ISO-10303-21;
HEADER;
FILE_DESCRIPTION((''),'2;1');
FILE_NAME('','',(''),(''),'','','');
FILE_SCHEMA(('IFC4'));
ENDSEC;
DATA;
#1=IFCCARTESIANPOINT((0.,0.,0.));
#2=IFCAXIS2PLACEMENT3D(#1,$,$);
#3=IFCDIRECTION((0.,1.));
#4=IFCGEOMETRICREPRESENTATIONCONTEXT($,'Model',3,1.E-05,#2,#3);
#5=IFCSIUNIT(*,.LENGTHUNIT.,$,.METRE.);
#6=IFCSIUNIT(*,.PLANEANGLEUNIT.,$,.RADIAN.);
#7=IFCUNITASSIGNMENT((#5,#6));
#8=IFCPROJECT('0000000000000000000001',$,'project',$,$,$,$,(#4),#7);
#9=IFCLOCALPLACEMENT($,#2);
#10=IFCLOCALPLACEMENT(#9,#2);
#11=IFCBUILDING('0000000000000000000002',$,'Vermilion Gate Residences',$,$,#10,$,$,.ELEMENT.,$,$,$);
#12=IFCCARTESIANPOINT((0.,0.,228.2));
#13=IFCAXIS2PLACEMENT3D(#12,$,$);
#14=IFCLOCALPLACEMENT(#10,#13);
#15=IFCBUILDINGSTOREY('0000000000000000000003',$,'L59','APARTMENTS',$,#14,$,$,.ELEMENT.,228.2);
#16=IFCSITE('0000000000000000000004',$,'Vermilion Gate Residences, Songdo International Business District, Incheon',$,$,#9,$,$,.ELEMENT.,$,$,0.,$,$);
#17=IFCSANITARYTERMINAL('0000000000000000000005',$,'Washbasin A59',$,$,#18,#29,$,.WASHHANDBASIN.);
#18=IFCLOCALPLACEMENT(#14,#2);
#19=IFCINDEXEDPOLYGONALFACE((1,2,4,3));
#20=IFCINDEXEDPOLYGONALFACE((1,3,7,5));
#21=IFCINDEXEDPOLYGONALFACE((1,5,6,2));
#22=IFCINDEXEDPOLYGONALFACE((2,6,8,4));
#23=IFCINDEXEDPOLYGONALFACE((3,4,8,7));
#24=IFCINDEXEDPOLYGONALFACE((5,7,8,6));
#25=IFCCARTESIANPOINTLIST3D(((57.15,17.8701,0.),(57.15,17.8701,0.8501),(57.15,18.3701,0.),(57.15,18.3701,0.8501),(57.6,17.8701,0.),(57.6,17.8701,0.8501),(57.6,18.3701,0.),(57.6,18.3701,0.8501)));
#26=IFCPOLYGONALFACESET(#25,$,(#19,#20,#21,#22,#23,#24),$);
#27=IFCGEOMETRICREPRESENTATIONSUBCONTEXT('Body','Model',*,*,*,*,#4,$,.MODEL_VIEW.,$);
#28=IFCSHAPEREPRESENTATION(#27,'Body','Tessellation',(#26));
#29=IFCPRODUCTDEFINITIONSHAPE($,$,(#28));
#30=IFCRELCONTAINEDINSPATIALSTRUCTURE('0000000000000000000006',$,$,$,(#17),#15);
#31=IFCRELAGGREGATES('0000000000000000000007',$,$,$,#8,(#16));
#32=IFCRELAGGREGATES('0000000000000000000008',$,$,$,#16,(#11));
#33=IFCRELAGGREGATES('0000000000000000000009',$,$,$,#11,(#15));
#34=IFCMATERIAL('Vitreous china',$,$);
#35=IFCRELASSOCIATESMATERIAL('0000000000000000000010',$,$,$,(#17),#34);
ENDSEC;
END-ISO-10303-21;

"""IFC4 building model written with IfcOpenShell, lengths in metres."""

from ifc_helpers import new_model, si_unit, direction, frame, origin, origin_2d, place, context, subcontext, project, spatial, rectangle, extrude, material, element, save


model = new_model("IFC4")

# Units and contexts
model_context = context("Model", 3, precision=1e-05, world=origin(), true_north=direction((0.0, 1.0)))
body_context = subcontext(model_context, "Body", "Model", "MODEL_VIEW")
ifc_project = project(units=[si_unit("LENGTHUNIT", "METRE"), si_unit("PLANEANGLEUNIT", "RADIAN")], contexts=[model_context])

# Site, building, storey
site_placement = place(None, origin())
site = spatial("IfcSite", under=ifc_project, at=site_placement, Name="Vermilion Gate Residences, Songdo International Business District, Incheon", CompositionType="ELEMENT", RefElevation=0.0)
building_placement = place(site_placement, origin())
building = spatial("IfcBuilding", under=site, at=building_placement, Name="Vermilion Gate Residences", CompositionType="ELEMENT")
storey_placement = place(building_placement, frame((0.0, 0.0, 228.2)))
storey = spatial("IfcBuildingStorey", under=building, at=storey_placement, Name="L59", Description="APARTMENTS", CompositionType="ELEMENT", Elevation=228.2)

# Sanitary terminal
ifc_material_1 = material(Name="Vitreous china")
sanitary_terminal_1_placement = place(storey_placement, frame((57.375, 18.1201, 0.0), z_axis=(0.0, 0.0, 1.0), x_axis=(1.0, 0.0, 0.0)))
element("IfcSanitaryTerminal", 1, at=sanitary_terminal_1_placement, inside=storey, material=ifc_material_1, Name="Washbasin A59", PredefinedType="WASHHANDBASIN", context=body_context, shape_type="SweptSolid", body=[
    extrude(rectangle(XDim=0.45, YDim=0.5, at=origin_2d()), origin(), (0.0, 0.0, 1.0), 0.8501),
])

save(model, "model.ifc")
